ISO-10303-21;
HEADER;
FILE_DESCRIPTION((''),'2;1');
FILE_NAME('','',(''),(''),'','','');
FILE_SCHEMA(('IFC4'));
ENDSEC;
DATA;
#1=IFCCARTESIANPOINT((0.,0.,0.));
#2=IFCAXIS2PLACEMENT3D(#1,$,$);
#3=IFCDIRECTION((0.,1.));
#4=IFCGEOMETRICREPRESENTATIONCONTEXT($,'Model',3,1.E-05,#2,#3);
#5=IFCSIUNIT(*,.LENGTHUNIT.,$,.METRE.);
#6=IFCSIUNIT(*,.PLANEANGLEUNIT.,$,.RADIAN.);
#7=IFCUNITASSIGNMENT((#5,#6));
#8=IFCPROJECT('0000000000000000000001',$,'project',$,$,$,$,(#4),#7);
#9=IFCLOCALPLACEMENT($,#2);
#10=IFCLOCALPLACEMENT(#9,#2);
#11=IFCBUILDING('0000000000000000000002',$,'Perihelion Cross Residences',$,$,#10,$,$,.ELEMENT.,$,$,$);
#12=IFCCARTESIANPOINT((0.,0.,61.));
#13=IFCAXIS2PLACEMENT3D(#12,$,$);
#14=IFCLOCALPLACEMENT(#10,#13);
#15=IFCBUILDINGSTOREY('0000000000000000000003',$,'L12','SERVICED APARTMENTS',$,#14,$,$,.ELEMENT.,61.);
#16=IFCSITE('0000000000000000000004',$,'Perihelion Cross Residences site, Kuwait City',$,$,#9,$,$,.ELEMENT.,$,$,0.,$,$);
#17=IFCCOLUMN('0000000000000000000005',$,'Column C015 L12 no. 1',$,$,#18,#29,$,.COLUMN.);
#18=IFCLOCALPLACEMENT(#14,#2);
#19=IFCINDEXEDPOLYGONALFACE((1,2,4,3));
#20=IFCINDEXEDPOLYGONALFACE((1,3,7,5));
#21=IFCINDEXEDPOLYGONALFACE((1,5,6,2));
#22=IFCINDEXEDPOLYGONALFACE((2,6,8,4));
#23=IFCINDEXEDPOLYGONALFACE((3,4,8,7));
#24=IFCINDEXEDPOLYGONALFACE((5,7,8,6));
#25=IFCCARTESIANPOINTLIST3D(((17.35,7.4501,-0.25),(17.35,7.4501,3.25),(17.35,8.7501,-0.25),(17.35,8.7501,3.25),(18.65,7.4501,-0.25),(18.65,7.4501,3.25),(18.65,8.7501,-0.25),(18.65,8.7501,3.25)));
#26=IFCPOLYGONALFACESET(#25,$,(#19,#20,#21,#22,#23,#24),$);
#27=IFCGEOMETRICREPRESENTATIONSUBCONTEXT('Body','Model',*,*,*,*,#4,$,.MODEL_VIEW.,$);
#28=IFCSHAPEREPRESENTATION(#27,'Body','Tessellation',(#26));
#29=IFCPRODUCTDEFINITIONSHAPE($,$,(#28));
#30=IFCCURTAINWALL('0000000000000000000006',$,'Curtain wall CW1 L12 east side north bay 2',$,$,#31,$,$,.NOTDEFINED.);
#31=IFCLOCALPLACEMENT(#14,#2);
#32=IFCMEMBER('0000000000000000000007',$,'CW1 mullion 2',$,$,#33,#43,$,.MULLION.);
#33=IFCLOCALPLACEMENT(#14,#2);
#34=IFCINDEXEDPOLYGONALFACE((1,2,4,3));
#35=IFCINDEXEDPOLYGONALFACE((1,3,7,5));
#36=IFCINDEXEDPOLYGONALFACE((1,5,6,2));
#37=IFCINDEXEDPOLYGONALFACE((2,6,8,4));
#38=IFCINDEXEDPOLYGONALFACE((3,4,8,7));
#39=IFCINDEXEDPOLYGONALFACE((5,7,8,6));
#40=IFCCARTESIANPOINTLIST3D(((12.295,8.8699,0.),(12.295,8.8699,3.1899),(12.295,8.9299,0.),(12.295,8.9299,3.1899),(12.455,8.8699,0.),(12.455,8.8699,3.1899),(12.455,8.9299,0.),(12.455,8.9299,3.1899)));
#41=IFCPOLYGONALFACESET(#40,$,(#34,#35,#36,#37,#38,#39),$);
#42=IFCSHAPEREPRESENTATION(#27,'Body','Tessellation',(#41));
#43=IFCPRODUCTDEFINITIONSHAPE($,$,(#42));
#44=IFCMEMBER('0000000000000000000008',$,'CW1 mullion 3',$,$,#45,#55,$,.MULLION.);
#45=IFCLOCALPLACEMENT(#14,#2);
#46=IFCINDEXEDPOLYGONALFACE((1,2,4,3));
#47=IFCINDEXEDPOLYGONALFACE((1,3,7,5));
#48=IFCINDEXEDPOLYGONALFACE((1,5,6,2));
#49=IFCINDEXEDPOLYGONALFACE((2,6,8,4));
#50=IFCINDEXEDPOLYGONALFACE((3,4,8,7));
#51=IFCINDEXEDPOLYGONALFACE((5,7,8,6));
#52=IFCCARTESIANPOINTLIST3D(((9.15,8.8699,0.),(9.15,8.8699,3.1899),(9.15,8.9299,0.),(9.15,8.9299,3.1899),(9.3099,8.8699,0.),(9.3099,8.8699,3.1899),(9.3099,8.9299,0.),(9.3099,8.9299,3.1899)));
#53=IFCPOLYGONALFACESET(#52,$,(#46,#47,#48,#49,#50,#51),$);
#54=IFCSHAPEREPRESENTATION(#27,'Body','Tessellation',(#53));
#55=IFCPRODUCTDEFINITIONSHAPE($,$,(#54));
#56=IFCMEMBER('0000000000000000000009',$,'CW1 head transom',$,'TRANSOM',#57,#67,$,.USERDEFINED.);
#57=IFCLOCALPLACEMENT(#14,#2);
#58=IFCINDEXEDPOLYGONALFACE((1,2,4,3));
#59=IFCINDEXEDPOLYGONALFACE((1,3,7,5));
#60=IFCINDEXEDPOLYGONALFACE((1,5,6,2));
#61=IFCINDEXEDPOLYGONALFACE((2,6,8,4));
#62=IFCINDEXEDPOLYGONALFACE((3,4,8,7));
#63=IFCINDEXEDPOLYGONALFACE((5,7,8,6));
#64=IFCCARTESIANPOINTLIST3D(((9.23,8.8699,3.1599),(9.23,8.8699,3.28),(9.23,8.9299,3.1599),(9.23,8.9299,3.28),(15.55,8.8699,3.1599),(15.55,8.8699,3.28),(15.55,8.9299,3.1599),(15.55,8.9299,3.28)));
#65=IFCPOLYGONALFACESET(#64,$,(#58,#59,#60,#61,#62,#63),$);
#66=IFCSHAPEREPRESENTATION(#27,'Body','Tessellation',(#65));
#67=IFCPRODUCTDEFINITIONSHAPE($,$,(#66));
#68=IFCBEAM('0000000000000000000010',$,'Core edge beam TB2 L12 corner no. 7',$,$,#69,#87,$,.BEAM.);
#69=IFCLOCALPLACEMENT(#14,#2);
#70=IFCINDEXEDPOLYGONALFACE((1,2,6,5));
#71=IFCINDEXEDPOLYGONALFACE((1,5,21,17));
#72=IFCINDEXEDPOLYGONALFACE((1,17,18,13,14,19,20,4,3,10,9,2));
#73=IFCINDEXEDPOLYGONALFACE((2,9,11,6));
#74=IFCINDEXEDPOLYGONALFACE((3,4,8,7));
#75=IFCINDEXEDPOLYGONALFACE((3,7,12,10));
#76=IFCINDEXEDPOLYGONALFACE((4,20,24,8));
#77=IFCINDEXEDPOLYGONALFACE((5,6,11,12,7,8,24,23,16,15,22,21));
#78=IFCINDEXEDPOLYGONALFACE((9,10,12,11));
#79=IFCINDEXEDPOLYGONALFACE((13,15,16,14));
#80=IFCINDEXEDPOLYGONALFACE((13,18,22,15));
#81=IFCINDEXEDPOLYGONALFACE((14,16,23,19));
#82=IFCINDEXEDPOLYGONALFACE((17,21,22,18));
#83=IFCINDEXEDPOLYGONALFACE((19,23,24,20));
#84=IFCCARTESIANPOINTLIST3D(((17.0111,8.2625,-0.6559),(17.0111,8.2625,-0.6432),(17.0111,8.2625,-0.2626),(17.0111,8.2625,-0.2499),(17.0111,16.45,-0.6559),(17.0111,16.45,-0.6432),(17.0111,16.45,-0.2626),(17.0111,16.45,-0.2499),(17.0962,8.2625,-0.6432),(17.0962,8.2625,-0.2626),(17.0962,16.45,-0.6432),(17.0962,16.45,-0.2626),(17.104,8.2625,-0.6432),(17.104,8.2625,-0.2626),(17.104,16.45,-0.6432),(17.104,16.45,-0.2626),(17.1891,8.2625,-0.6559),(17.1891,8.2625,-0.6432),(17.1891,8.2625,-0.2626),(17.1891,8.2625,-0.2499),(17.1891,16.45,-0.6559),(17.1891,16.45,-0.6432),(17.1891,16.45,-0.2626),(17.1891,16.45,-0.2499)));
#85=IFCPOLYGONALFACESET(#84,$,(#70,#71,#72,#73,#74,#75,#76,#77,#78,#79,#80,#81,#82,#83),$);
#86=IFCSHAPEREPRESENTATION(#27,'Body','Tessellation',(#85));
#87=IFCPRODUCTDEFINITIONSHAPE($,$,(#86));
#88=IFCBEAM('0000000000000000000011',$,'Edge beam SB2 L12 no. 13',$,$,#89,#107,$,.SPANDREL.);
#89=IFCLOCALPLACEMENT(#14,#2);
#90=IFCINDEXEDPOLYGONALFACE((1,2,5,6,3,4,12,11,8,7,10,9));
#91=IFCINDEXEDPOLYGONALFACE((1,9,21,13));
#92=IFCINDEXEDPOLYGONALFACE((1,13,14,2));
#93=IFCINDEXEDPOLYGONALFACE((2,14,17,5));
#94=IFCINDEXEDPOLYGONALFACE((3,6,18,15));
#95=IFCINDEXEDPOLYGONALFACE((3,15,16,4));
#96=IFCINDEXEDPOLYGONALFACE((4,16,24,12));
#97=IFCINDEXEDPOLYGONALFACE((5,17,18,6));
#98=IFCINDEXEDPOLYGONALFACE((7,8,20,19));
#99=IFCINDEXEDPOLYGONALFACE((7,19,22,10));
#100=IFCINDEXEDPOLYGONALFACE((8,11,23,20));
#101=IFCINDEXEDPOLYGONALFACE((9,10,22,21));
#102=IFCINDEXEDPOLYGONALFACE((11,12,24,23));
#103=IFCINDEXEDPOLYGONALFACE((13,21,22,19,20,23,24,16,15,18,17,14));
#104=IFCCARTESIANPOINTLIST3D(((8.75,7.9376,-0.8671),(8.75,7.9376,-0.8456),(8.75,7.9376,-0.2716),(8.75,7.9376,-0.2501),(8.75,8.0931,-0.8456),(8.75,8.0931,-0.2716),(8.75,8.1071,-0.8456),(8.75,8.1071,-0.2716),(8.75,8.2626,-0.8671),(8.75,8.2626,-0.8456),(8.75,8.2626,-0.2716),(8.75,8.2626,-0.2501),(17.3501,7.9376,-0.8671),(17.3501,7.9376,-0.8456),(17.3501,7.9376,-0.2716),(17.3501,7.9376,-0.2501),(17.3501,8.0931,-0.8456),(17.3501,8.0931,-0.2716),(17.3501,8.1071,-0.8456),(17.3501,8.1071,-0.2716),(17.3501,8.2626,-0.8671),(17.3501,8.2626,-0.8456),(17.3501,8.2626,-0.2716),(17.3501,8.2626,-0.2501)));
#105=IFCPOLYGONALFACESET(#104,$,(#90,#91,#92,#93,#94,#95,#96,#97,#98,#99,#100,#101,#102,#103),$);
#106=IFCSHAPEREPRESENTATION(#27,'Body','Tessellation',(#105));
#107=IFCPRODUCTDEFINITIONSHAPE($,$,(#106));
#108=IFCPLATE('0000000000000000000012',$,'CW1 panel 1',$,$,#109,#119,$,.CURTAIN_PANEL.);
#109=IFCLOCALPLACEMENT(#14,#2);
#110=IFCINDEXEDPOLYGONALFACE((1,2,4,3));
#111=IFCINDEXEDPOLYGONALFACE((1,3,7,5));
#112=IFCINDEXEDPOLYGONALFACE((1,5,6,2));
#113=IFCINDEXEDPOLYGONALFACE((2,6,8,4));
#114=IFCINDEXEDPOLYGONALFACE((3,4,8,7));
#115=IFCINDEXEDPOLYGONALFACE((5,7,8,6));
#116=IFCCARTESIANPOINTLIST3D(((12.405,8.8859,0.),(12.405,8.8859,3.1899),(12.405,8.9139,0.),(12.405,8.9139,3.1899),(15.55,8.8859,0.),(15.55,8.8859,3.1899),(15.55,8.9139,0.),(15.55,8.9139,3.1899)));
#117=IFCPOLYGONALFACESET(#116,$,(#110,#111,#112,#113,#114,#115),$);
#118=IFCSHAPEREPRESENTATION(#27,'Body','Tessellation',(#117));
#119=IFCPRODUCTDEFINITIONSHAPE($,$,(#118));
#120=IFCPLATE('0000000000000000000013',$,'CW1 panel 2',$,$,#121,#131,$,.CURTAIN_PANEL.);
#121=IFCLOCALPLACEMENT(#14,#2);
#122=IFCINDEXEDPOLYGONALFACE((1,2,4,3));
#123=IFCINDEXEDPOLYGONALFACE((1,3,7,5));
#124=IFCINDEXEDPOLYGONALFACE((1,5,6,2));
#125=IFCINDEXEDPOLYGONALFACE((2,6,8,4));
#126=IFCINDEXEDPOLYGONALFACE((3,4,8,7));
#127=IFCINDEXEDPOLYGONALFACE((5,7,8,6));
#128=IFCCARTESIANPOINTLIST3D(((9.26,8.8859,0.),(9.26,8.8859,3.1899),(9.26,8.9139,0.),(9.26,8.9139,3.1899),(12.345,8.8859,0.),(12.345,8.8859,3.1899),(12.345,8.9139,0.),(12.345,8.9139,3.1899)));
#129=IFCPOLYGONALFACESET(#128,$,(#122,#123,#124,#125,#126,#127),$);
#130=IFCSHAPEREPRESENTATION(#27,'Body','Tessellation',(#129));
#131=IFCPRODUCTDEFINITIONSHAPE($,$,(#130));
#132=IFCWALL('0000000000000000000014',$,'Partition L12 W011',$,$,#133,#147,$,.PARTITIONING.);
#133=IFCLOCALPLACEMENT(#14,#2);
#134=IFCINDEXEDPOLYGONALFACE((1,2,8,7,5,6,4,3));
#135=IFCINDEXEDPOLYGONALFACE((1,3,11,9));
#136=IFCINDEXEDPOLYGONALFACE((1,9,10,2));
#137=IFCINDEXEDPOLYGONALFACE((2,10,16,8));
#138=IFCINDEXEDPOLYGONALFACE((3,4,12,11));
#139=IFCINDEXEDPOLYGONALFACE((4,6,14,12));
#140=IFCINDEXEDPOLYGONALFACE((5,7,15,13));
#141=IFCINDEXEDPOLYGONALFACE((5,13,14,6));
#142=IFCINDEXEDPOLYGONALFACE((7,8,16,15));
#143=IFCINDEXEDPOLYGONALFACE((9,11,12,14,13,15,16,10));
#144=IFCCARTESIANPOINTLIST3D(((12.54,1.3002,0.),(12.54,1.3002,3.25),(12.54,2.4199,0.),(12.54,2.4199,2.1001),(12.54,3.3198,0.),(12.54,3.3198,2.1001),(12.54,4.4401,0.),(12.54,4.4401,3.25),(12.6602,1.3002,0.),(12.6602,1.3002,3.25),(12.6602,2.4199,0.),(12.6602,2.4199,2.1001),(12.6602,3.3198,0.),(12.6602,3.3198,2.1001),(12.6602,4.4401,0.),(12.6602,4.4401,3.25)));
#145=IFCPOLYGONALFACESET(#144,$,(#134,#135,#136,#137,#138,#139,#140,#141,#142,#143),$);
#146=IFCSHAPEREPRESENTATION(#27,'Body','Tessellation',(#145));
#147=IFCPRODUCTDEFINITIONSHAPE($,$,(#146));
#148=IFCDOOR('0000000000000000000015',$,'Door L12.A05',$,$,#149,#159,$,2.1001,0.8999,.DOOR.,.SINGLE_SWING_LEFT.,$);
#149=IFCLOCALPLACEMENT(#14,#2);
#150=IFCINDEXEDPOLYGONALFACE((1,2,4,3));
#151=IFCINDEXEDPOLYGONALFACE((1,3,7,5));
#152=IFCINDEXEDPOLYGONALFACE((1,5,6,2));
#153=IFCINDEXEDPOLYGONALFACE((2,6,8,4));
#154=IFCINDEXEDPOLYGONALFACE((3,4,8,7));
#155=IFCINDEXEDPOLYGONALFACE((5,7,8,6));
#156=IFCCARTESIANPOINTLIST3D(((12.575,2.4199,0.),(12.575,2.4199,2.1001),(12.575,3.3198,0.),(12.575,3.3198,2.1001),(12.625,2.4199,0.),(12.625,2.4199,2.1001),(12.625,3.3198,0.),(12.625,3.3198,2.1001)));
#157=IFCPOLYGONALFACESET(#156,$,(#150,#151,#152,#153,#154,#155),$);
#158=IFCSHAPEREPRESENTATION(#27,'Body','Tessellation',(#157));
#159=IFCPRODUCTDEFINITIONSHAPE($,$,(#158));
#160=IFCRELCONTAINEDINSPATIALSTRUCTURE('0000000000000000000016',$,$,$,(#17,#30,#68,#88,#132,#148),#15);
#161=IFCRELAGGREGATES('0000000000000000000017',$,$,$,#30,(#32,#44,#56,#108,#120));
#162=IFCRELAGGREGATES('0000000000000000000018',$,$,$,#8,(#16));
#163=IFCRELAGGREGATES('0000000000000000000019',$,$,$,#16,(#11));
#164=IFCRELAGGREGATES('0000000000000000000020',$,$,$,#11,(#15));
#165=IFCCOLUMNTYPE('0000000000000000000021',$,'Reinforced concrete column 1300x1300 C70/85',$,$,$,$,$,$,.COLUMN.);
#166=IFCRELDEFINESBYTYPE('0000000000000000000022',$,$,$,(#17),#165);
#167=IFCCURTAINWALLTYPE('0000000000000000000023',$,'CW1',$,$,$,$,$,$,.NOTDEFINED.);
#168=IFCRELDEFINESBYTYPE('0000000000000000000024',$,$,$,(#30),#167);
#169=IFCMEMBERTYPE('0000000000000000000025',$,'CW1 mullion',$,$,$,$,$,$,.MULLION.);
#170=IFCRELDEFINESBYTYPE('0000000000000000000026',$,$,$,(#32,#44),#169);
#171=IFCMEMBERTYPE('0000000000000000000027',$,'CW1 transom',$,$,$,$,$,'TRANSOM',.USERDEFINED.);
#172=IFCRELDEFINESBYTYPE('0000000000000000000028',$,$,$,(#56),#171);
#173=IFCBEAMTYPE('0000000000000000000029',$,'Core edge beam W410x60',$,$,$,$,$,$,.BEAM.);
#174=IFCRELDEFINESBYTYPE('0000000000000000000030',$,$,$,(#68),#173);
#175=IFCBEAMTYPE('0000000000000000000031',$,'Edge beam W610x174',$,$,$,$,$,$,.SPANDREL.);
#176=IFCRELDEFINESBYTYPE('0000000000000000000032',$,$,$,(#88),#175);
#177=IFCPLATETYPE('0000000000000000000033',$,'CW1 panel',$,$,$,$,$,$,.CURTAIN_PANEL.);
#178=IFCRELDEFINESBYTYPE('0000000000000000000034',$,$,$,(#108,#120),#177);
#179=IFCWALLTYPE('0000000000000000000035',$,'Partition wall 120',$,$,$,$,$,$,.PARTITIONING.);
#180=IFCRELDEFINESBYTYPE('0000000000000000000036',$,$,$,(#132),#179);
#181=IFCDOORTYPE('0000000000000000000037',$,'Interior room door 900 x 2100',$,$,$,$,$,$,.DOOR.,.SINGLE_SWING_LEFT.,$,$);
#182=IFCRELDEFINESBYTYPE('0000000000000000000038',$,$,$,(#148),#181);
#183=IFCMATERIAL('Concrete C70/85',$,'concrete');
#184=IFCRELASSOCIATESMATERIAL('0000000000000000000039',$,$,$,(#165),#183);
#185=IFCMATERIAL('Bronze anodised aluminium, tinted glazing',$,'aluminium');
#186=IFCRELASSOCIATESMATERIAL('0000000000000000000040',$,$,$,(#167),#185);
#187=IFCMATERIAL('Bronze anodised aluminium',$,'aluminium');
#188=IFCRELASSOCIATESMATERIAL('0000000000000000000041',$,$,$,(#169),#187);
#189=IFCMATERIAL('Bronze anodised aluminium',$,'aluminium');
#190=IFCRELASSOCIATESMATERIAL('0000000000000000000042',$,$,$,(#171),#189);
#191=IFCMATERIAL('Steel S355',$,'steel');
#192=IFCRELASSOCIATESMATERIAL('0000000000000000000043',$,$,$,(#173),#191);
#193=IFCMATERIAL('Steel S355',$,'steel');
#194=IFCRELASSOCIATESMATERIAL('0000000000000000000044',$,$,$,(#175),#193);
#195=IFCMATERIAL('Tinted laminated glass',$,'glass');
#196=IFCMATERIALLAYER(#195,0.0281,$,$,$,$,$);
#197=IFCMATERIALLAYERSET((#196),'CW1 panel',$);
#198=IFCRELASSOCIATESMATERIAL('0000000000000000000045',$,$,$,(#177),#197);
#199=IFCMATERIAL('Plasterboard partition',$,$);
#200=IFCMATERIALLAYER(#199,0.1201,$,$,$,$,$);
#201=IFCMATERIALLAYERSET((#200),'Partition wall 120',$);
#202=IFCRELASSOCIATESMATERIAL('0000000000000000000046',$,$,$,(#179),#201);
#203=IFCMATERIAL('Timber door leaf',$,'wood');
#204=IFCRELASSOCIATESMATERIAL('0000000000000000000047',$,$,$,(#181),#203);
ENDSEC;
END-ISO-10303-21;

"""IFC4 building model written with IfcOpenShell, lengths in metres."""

from ifc_helpers import new_model, si_unit, direction, frame, frame_2d, origin, origin_2d, place, context, subcontext, project, spatial, rectangle, i_section, extrude, material, layer, layer_set, material_profile, profile_set, type_object, element, fill, aggregate, save


model = new_model("IFC4")

# Units and contexts
model_context = context("Model", 3, precision=1e-05, world=origin(), true_north=direction((0.0, 1.0)))
body_context = subcontext(model_context, "Body", "Model", "MODEL_VIEW")
ifc_project = project(units=[si_unit("LENGTHUNIT", "METRE"), si_unit("PLANEANGLEUNIT", "RADIAN")], contexts=[model_context])

# Site, building, storey
site_placement = place(None, origin())
site = spatial("IfcSite", under=ifc_project, at=site_placement, Name="Perihelion Cross Residences site, Kuwait City", CompositionType="ELEMENT", RefElevation=0.0)
building_placement = place(site_placement, origin())
building = spatial("IfcBuilding", under=site, at=building_placement, Name="Perihelion Cross Residences", CompositionType="ELEMENT")
storey_placement = place(building_placement, frame((0.0, 0.0, 61.0)))
storey = spatial("IfcBuildingStorey", under=building, at=storey_placement, Name="L12", Description="SERVICED APARTMENTS", CompositionType="ELEMENT", Elevation=61.0)

# Column
ifc_material_1 = material(Name="Concrete C70/85", Category="concrete")
ifc_material_profile_1 = material_profile(ifc_material_1, rectangle(XDim=1.3, YDim=1.3, at=origin_2d()), Name="RC 1300x1300")
ifc_profile_set_1 = profile_set([ifc_material_profile_1], Name="Concrete C70/85")
column_type = type_object("IfcColumnType", Name="Reinforced concrete column 1300x1300 C70/85", PredefinedType="COLUMN", material=ifc_profile_set_1)
column_placement = place(storey_placement, frame((18.0, 8.1001, -0.25), z_axis=(0.0, 0.0, 1.0), x_axis=(1.0, 0.0, 0.0)))
element("IfcColumn", 1, at=column_placement, inside=storey, type_object=column_type, Name="Column C015 L12 no. 1", PredefinedType="COLUMN", context=body_context, shape_type="SweptSolid", body=[
    extrude(rectangle(XDim=1.3, YDim=1.3, at=origin_2d()), origin(), (0.0, 0.0, 1.0), 3.5),
])

# Curtain wall, members
ifc_material_2 = material(Name="Bronze anodised aluminium, tinted glazing", Category="aluminium")
curtain_wall_type = type_object("IfcCurtainWallType", Name="CW1", PredefinedType="NOTDEFINED", material=ifc_material_2)
curtain_wall_placement = place(storey_placement, origin())
curtain_wall = element("IfcCurtainWall", 2, at=curtain_wall_placement, inside=storey, type_object=curtain_wall_type, Name="Curtain wall CW1 L12 east side north bay 2", PredefinedType="NOTDEFINED")
ifc_material_3 = material(Name="Bronze anodised aluminium", Category="aluminium")
ifc_material_profile_2 = material_profile(ifc_material_3, rectangle(XDim=0.0601, YDim=0.1599, at=origin_2d()), Name="CW1 mullion")
ifc_profile_set_2 = profile_set([ifc_material_profile_2], Name="Bronze anodised aluminium")
member_type_1 = type_object("IfcMemberType", Name="CW1 mullion", PredefinedType="MULLION", material=ifc_profile_set_2)
member_1_placement = place(storey_placement, frame((12.375, 8.8999, 0.0), z_axis=(0.0, 0.0, 1.0), x_axis=(0.0, -1.0, 0.0)))
member_1 = element("IfcMember", 3, at=member_1_placement, type_object=member_type_1, Name="CW1 mullion 2", PredefinedType="MULLION", context=body_context, shape_type="SweptSolid", body=[
    extrude(rectangle(XDim=0.0601, YDim=0.1599, at=origin_2d()), origin(), (0.0, 0.0, 1.0), 3.1899),
])
member_2_placement = place(storey_placement, frame((9.23, 8.8999, 0.0), z_axis=(0.0, 0.0, 1.0), x_axis=(0.0, -1.0, 0.0)))
member_2 = element("IfcMember", 4, at=member_2_placement, type_object=member_type_1, Name="CW1 mullion 3", PredefinedType="MULLION", context=body_context, shape_type="SweptSolid", body=[
    extrude(rectangle(XDim=0.0601, YDim=0.1599, at=origin_2d()), origin(), (0.0, 0.0, 1.0), 3.1899),
])
ifc_material_4 = material(Name="Bronze anodised aluminium", Category="aluminium")
ifc_material_profile_3 = material_profile(ifc_material_4, rectangle(XDim=0.0601, YDim=0.1201, at=origin_2d()), Name="CW1 transom")
ifc_profile_set_3 = profile_set([ifc_material_profile_3], Name="Bronze anodised aluminium")
member_type_2 = type_object("IfcMemberType", Name="CW1 transom", ElementType="TRANSOM", PredefinedType="USERDEFINED", material=ifc_profile_set_3)
member_3_placement = place(storey_placement, frame((15.55, 8.8999, 3.22), z_axis=(-1.0, 0.0, 0.0), x_axis=(0.0, -1.0, 0.0)))
member_3 = element("IfcMember", 5, at=member_3_placement, type_object=member_type_2, Name="CW1 head transom", ObjectType="TRANSOM", PredefinedType="USERDEFINED", context=body_context, shape_type="SweptSolid", body=[
    extrude(rectangle(XDim=0.0601, YDim=0.1201, at=origin_2d()), origin(), (0.0, 0.0, 1.0), 6.3201),
])

# Beams
ifc_material_5 = material(Name="Steel S355", Category="steel")
ifc_material_profile_4 = material_profile(ifc_material_5, i_section(OverallWidth=0.178, OverallDepth=0.406, WebThickness=0.0078, FlangeThickness=0.0127, at=origin_2d()), Name="W410x60")
ifc_profile_set_4 = profile_set([ifc_material_profile_4], Name="Steel S355")
beam_type_1 = type_object("IfcBeamType", Name="Core edge beam W410x60", PredefinedType="BEAM", material=ifc_profile_set_4)
beam_1_placement = place(storey_placement, frame((17.1001, 8.2625, -0.4529), z_axis=(0.0, 1.0, 0.0), x_axis=(-1.0, 0.0, 0.0)))
element("IfcBeam", 6, at=beam_1_placement, inside=storey, type_object=beam_type_1, Name="Core edge beam TB2 L12 corner no. 7", PredefinedType="BEAM", context=body_context, shape_type="SweptSolid", body=[
    extrude(i_section(OverallWidth=0.178, OverallDepth=0.406, WebThickness=0.0078, FlangeThickness=0.0127, at=origin_2d()), origin(), (0.0, 0.0, 1.0), 8.1875),
])
ifc_material_6 = material(Name="Steel S355", Category="steel")
ifc_material_profile_5 = material_profile(ifc_material_6, i_section(OverallWidth=0.325, OverallDepth=0.6169, WebThickness=0.0139, FlangeThickness=0.0215, at=origin_2d()), Name="W610x174")
ifc_profile_set_5 = profile_set([ifc_material_profile_5], Name="Steel S355")
beam_type_2 = type_object("IfcBeamType", Name="Edge beam W610x174", PredefinedType="SPANDREL", material=ifc_profile_set_5)
beam_2_placement = place(storey_placement, frame((17.3501, 8.1001, -0.5586), z_axis=(-1.0, 0.0, 0.0), x_axis=(0.0, -1.0, 0.0)))
element("IfcBeam", 7, at=beam_2_placement, inside=storey, type_object=beam_type_2, Name="Edge beam SB2 L12 no. 13", PredefinedType="SPANDREL", context=body_context, shape_type="SweptSolid", body=[
    extrude(i_section(OverallWidth=0.325, OverallDepth=0.6169, WebThickness=0.0139, FlangeThickness=0.0215, at=origin_2d()), origin(), (0.0, 0.0, 1.0), 8.6001),
])

# Plates
ifc_material_7 = material(Name="Tinted laminated glass", Category="glass")
ifc_layer_1 = layer(ifc_material_7, 0.0281)
ifc_layer_set_1 = layer_set([ifc_layer_1], Name="CW1 panel")
plate_type = type_object("IfcPlateType", Name="CW1 panel", PredefinedType="CURTAIN_PANEL", material=ifc_layer_set_1)
plate_1_placement = place(storey_placement, frame((13.9775, 8.8999, 0.0), z_axis=(0.0, 0.0, 1.0), x_axis=(-1.0, 0.0, 0.0)))
plate_1 = element("IfcPlate", 8, at=plate_1_placement, type_object=plate_type, Name="CW1 panel 1", PredefinedType="CURTAIN_PANEL", context=body_context, shape_type="SweptSolid", body=[
    extrude(rectangle(XDim=3.145, YDim=0.0281, at=origin_2d()), origin(), (0.0, 0.0, 1.0), 3.1899),
])
plate_2_placement = place(storey_placement, frame((10.8025, 8.8999, 0.0), z_axis=(0.0, 0.0, 1.0), x_axis=(-1.0, 0.0, 0.0)))
plate_2 = element("IfcPlate", 9, at=plate_2_placement, type_object=plate_type, Name="CW1 panel 2", PredefinedType="CURTAIN_PANEL", context=body_context, shape_type="SweptSolid", body=[
    extrude(rectangle(XDim=3.085, YDim=0.0281, at=origin_2d()), origin(), (0.0, 0.0, 1.0), 3.1899),
])
aggregate(curtain_wall, [member_1, member_2, member_3, plate_1, plate_2])

# Wall, opening, door
ifc_material_8 = material(Name="Plasterboard partition")
ifc_layer_2 = layer(ifc_material_8, 0.1201)
ifc_layer_set_2 = layer_set([ifc_layer_2], Name="Partition wall 120")
wall_type_1 = type_object("IfcWallType", Name="Partition wall 120", PredefinedType="PARTITIONING", material=ifc_layer_set_2)
wall_1_placement = place(storey_placement, frame((12.6001, 4.4399, 0.0), z_axis=(0.0, 0.0, 1.0), x_axis=(0.0, -1.0, 0.0)))
wall_1 = element("IfcWall", 10, at=wall_1_placement, inside=storey, type_object=wall_type_1, Name="Partition L12 W011", PredefinedType="PARTITIONING", context=body_context, shape_type="SweptSolid", body=[
    extrude(rectangle(XDim=3.1399, YDim=0.1201, at=frame_2d((1.5698, 0.0))), origin(), (0.0, 0.0, 1.0), 3.25),
])
opening_1_placement = place(wall_1_placement, frame((1.1201, 0.0, 0.0)))
opening_1 = element("IfcOpeningElement", 11, at=opening_1_placement, cuts=wall_1, PredefinedType="OPENING", context=body_context, shape_type="SweptSolid", body=[
    extrude(rectangle(XDim=0.8999, YDim=2.1001, at=frame_2d((0.45, 1.05))), frame((0.0, 0.0701, 0.0), z_axis=(0.0, -1.0, 0.0), x_axis=(1.0, 0.0, 0.0)), (0.0, 0.0, 1.0), 0.1401),
])
ifc_material_9 = material(Name="Timber door leaf", Category="wood")
door_type_1 = type_object("IfcDoorType", Name="Interior room door 900 x 2100", OperationType="SINGLE_SWING_LEFT", PredefinedType="DOOR", material=ifc_material_9)
door_1_placement = place(opening_1_placement, origin())
door_1 = element("IfcDoor", 12, at=door_1_placement, inside=storey, type_object=door_type_1, Name="Door L12.A05", OperationType="SINGLE_SWING_LEFT", OverallHeight=2.1001, OverallWidth=0.8999, PredefinedType="DOOR", context=body_context, shape_type="SweptSolid", body=[
    extrude(rectangle(XDim=0.8999, YDim=2.1001, at=frame_2d((0.45, 1.05))), frame((0.0, 0.0249, 0.0), z_axis=(0.0, -1.0, 0.0), x_axis=(1.0, 0.0, 0.0)), (0.0, 0.0, 1.0), 0.05),
])
fill(opening_1, door_1)

save(model, "model.ifc")
